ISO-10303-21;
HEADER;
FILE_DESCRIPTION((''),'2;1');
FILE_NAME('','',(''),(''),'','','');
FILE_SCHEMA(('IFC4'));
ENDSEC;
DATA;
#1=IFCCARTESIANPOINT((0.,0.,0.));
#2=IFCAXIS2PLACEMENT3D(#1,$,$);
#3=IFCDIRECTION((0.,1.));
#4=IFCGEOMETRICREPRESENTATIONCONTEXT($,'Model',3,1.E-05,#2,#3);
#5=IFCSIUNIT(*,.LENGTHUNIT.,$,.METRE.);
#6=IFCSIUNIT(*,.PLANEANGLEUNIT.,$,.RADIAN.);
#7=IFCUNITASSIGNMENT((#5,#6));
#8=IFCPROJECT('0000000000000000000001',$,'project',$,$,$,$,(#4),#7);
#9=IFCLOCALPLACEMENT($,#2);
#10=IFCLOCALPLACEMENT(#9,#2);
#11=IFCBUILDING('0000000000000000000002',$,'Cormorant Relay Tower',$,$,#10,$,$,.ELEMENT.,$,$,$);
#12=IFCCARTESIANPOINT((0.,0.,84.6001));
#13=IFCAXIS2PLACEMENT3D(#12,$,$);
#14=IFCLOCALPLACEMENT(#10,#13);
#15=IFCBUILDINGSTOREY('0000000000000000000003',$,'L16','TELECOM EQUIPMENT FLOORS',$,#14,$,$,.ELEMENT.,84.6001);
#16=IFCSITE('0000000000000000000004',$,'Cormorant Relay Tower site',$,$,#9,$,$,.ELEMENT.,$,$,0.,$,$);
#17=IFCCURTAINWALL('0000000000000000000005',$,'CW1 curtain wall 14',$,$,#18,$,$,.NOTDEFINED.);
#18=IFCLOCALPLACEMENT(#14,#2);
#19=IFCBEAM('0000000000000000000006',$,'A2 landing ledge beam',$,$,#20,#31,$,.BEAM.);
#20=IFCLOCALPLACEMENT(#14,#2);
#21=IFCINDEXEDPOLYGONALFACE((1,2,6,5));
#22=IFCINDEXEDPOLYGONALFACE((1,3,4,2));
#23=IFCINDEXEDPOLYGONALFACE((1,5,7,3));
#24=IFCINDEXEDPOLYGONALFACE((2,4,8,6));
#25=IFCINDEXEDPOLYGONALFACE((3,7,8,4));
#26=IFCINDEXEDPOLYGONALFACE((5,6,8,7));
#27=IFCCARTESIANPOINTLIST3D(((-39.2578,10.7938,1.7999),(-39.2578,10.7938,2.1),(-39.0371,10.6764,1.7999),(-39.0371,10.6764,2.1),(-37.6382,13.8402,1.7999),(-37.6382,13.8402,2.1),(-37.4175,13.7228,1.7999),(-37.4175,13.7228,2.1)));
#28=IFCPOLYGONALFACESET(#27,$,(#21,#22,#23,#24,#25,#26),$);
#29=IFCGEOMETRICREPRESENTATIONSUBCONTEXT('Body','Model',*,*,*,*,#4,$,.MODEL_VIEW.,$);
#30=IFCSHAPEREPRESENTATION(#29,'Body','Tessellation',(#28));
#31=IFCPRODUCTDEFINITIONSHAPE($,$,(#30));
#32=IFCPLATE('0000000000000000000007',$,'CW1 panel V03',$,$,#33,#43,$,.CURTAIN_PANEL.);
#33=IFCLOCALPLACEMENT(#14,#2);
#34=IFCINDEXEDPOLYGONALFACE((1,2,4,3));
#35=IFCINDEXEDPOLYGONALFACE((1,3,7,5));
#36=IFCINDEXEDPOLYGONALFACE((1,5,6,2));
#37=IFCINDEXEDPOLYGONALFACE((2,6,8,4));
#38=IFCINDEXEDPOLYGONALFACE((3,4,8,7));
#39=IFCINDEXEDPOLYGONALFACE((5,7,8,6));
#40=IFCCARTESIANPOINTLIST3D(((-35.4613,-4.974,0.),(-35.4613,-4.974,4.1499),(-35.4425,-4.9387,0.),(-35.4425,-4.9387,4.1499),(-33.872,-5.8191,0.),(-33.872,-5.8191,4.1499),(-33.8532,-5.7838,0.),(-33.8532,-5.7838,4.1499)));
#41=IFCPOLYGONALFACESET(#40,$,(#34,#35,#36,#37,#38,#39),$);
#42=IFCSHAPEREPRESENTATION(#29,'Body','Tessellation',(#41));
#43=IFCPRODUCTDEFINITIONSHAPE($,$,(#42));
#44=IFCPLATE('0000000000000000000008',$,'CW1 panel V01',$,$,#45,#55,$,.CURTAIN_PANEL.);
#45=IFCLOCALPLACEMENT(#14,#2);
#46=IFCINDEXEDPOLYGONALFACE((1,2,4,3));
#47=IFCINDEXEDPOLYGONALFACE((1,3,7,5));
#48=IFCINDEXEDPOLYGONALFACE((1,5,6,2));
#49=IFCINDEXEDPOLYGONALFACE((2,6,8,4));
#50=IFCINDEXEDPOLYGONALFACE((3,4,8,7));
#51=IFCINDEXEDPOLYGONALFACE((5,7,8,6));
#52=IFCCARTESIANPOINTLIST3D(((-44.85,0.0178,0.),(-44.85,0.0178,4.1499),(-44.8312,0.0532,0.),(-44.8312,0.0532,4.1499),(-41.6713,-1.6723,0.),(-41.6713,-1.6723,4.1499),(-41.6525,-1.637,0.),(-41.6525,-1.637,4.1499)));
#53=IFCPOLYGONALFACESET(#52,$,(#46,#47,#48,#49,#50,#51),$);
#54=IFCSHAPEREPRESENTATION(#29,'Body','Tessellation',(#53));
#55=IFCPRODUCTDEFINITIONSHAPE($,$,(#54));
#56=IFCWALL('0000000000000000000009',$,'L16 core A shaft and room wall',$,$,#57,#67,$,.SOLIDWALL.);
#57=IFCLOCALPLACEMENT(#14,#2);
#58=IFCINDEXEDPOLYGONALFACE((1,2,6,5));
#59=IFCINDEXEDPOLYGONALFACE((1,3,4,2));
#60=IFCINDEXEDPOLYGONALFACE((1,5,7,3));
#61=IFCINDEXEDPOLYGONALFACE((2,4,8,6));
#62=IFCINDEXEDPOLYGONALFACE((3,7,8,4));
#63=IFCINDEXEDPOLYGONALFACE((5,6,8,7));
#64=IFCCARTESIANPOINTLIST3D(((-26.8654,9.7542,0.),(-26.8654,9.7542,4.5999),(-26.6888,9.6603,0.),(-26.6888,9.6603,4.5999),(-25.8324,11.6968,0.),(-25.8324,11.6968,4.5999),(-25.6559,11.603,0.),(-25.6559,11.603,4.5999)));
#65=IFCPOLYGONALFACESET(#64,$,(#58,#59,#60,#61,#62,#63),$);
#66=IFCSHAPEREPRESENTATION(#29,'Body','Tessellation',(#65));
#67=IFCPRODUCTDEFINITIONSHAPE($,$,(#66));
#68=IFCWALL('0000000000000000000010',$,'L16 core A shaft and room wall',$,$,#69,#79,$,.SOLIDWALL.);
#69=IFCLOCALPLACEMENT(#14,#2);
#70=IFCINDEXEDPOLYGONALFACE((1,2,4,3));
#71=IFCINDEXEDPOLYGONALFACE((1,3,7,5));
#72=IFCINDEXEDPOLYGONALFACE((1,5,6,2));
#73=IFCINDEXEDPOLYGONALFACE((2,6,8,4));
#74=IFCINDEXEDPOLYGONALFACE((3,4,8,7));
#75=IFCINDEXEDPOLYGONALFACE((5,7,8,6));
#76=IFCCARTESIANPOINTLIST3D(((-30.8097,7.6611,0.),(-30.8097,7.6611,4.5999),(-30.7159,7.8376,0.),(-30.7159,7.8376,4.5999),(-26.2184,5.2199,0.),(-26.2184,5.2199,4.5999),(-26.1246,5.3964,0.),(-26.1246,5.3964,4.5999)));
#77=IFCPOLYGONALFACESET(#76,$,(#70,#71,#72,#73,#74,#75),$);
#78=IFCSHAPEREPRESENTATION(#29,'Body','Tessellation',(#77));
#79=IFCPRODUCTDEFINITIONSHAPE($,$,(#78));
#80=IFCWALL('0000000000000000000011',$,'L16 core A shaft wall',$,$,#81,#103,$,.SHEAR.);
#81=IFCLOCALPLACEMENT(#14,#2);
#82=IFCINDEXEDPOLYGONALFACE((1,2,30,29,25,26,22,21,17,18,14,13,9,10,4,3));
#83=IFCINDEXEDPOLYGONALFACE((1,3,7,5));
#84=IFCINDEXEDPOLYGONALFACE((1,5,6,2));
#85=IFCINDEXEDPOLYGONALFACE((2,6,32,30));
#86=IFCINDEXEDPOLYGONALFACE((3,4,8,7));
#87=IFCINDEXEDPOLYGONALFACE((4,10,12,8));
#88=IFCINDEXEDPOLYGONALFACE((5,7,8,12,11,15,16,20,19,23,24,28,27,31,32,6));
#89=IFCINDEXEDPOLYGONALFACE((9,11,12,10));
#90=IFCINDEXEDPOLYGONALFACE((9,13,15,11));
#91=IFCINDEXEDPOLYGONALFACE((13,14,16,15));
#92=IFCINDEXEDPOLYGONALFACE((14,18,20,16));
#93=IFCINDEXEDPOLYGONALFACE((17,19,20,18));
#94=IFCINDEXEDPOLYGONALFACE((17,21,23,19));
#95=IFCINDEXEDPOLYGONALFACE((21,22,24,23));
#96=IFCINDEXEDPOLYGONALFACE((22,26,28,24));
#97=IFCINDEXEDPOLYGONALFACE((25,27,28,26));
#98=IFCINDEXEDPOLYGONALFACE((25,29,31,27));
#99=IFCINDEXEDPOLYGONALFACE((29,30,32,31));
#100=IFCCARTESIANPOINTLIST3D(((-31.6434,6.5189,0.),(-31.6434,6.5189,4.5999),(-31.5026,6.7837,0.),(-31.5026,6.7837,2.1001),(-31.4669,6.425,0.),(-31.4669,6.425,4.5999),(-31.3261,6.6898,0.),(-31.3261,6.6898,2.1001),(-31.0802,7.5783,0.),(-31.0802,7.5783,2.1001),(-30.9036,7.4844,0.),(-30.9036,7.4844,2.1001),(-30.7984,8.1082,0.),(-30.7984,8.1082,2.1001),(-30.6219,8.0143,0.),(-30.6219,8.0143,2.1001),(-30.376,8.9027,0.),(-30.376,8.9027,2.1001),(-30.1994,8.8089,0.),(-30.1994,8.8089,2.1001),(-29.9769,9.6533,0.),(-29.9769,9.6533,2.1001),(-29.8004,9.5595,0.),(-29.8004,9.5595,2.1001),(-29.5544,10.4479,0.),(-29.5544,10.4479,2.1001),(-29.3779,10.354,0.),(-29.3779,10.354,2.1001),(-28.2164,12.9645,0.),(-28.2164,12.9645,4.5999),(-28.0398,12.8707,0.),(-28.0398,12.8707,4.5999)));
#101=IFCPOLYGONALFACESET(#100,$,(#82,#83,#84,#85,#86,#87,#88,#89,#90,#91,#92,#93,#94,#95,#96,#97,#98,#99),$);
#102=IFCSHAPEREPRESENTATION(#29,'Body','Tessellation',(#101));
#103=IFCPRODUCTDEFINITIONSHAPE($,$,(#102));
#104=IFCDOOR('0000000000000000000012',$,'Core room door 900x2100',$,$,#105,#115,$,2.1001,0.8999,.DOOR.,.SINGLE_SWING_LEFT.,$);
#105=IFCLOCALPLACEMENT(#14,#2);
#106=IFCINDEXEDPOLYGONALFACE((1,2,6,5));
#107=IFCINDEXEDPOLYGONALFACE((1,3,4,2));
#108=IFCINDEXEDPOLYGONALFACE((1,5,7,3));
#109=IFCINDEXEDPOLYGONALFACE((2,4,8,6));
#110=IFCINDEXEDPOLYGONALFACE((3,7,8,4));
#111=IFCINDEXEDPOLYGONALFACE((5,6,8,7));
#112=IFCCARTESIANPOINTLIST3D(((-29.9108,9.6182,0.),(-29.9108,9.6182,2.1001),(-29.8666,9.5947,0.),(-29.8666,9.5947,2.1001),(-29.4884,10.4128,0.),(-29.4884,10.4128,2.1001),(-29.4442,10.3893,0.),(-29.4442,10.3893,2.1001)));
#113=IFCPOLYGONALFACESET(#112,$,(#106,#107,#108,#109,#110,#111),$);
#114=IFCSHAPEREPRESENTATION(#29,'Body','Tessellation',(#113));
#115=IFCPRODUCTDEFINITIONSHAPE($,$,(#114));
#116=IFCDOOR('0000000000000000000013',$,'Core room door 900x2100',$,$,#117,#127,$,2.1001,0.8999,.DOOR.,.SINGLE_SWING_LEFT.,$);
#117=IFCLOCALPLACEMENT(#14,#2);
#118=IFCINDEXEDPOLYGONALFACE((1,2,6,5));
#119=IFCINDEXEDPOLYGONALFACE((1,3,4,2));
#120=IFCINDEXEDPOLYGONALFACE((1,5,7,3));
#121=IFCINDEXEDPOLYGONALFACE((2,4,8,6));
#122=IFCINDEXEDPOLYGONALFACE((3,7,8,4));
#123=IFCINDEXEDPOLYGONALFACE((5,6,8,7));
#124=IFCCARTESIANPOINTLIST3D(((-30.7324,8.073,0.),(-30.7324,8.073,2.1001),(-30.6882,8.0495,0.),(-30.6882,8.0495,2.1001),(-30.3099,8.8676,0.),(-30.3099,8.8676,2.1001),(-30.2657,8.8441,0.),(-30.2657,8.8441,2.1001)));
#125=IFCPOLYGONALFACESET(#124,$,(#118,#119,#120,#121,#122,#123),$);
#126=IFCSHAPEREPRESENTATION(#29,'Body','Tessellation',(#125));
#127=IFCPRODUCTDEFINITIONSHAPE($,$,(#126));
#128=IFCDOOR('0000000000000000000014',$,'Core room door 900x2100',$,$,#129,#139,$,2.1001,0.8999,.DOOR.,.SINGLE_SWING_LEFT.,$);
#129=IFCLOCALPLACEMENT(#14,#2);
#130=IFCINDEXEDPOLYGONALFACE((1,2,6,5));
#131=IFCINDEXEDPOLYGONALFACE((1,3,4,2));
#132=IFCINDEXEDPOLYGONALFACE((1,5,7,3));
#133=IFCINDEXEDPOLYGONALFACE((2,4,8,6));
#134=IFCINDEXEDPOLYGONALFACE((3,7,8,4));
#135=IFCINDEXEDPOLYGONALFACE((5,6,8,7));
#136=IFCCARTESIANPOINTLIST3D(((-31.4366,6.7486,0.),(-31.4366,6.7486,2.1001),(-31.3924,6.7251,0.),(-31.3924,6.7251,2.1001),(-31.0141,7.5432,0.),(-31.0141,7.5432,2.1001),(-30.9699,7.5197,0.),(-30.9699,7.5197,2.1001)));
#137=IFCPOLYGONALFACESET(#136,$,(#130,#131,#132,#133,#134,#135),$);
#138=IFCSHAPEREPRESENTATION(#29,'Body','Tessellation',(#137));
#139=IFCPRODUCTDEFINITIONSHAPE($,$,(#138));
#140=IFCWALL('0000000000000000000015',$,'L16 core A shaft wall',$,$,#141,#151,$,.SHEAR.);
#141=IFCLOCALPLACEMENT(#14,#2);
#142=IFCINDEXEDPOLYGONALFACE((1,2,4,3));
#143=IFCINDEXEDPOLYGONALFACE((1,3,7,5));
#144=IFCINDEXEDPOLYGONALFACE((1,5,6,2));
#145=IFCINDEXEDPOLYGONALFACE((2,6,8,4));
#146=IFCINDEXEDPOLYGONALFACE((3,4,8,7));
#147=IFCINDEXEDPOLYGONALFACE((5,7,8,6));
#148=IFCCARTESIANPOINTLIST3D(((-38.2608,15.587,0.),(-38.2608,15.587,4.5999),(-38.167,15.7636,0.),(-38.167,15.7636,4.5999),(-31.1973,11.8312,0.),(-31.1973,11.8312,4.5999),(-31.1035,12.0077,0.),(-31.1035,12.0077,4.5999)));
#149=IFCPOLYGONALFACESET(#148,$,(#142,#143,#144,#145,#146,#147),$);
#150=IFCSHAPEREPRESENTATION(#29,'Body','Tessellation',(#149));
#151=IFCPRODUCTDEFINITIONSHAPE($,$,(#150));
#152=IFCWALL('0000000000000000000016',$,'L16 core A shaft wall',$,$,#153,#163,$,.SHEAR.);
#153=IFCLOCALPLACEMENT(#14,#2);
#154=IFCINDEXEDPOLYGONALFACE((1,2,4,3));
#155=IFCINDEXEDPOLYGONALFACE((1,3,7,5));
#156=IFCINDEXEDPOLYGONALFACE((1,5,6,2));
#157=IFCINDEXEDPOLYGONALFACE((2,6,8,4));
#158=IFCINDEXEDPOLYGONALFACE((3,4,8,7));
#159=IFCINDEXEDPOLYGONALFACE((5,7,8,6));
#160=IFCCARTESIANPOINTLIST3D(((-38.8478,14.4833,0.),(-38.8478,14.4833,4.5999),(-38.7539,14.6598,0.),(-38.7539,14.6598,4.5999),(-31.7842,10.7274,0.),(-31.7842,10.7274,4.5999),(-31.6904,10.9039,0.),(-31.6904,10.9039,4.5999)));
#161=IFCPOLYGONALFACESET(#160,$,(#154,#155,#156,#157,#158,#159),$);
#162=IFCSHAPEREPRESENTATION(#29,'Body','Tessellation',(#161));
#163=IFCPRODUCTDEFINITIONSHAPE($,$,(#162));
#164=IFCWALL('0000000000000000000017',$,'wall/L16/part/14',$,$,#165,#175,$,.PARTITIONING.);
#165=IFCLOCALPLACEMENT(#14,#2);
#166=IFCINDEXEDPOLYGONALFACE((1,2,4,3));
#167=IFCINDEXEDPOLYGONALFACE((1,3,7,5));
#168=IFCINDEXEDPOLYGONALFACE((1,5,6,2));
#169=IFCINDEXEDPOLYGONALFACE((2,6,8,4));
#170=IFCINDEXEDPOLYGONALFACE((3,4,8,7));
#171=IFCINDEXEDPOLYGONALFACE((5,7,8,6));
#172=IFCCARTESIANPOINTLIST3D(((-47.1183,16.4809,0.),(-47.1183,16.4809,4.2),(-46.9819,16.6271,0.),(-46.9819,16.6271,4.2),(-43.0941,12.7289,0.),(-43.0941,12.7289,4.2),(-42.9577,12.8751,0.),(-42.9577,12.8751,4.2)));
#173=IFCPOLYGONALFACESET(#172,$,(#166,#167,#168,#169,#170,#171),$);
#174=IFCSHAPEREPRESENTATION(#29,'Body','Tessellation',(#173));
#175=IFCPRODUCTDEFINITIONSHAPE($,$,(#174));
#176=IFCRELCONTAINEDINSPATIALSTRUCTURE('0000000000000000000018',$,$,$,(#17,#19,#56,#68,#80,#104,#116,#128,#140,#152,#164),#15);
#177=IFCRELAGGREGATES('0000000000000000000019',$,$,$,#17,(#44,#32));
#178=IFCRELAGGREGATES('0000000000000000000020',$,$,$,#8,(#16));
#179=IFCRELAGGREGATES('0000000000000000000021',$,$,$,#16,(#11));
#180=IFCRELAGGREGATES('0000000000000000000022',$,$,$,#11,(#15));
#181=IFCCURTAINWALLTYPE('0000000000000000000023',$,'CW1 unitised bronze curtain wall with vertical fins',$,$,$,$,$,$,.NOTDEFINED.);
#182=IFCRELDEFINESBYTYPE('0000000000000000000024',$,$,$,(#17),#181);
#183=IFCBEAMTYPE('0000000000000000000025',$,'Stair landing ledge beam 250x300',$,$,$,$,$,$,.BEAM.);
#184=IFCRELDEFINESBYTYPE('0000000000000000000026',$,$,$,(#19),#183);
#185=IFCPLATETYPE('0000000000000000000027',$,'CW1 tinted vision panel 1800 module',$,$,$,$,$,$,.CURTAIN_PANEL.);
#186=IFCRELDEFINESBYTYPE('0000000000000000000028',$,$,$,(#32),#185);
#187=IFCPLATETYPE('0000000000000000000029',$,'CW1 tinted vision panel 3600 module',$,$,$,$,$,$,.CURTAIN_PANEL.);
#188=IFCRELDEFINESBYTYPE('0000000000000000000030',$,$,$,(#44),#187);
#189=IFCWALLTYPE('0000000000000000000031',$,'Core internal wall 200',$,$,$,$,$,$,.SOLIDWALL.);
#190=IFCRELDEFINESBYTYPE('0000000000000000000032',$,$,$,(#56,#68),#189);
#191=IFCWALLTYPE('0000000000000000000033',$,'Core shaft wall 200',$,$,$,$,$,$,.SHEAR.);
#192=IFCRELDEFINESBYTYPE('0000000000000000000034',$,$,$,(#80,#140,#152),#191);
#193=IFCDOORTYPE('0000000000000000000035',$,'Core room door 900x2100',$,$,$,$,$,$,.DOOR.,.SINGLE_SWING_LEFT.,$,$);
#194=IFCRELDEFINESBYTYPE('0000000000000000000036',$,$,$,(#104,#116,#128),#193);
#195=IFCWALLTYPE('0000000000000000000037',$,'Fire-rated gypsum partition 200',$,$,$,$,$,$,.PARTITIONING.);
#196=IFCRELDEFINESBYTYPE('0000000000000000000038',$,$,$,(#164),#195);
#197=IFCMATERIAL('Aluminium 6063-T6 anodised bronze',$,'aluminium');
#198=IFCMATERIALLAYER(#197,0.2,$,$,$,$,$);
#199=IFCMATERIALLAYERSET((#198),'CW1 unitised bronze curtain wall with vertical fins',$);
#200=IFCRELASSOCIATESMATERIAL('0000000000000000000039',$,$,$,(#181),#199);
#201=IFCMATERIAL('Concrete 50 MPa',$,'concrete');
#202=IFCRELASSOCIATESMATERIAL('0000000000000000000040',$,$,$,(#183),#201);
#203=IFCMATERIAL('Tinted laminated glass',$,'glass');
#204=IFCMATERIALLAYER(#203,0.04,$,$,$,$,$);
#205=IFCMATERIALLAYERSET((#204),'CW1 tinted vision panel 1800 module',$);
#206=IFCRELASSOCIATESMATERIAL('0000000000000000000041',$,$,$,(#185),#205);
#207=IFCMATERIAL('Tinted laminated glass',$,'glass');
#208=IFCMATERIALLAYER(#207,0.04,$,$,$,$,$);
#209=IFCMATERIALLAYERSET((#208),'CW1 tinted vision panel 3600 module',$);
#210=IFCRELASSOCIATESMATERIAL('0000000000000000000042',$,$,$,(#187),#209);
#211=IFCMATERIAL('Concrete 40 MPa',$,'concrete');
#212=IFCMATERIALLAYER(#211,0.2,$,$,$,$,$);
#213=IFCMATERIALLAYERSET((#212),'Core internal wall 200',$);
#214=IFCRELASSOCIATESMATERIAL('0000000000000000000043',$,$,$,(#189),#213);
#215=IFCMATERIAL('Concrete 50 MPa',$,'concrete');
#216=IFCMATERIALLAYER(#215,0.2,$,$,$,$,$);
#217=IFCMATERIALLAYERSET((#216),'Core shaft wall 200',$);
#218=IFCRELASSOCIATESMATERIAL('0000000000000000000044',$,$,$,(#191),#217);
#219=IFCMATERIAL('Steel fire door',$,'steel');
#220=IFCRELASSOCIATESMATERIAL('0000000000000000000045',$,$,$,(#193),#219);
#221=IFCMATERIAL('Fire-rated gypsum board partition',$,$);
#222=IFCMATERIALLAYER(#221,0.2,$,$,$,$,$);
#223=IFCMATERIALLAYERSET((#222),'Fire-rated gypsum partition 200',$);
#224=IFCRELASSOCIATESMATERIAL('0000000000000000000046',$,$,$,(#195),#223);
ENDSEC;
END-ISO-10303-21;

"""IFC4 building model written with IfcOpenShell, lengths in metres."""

from ifc_helpers import new_model, si_unit, direction, frame, frame_2d, origin, origin_2d, place, context, subcontext, project, spatial, rectangle, extrude, material, layer, layer_set, material_profile, profile_set, type_object, element, fill, aggregate, save


model = new_model("IFC4")

# Units and contexts
model_context = context("Model", 3, precision=1e-05, world=origin(), true_north=direction((0.0, 1.0)))
body_context = subcontext(model_context, "Body", "Model", "MODEL_VIEW")
ifc_project = project(units=[si_unit("LENGTHUNIT", "METRE"), si_unit("PLANEANGLEUNIT", "RADIAN")], contexts=[model_context])

# Site, building, storey
site_placement = place(None, origin())
site = spatial("IfcSite", under=ifc_project, at=site_placement, Name="Cormorant Relay Tower site", CompositionType="ELEMENT", RefElevation=0.0)
building_placement = place(site_placement, origin())
building = spatial("IfcBuilding", under=site, at=building_placement, Name="Cormorant Relay Tower", CompositionType="ELEMENT")
storey_placement = place(building_placement, frame((0.0, 0.0, 84.6001)))
storey = spatial("IfcBuildingStorey", under=building, at=storey_placement, Name="L16", Description="TELECOM EQUIPMENT FLOORS", CompositionType="ELEMENT", Elevation=84.6001)

# Curtain wall
ifc_material_1 = material(Name="Aluminium 6063-T6 anodised bronze", Category="aluminium")
ifc_layer_1 = layer(ifc_material_1, 0.2)
ifc_layer_set_1 = layer_set([ifc_layer_1], Name="CW1 unitised bronze curtain wall with vertical fins")
curtain_wall_type = type_object("IfcCurtainWallType", Name="CW1 unitised bronze curtain wall with vertical fins", PredefinedType="NOTDEFINED", material=ifc_layer_set_1)
curtain_wall_placement = place(storey_placement, origin())
curtain_wall = element("IfcCurtainWall", 1, at=curtain_wall_placement, inside=storey, type_object=curtain_wall_type, Name="CW1 curtain wall 14", PredefinedType="NOTDEFINED")

# Beam
ifc_material_2 = material(Name="Concrete 50 MPa", Category="concrete")
ifc_material_profile_1 = material_profile(ifc_material_2, rectangle(XDim=0.25, YDim=0.3, at=origin_2d()), Name="RC 250x300")
ifc_profile_set_1 = profile_set([ifc_material_profile_1], Name="Concrete 50 MPa")
beam_type_1 = type_object("IfcBeamType", Name="Stair landing ledge beam 250x300", PredefinedType="BEAM", material=ifc_profile_set_1)
beam_1_placement = place(storey_placement, frame((-37.5278, 13.7815, 1.95), z_axis=(-0.469435, -0.882967, 0.0), x_axis=(0.882967, -0.469435, 0.0)))
element("IfcBeam", 2, at=beam_1_placement, inside=storey, type_object=beam_type_1, Name="A2 landing ledge beam", PredefinedType="BEAM", context=body_context, shape_type="SweptSolid", body=[
    extrude(rectangle(XDim=0.25, YDim=0.3, at=origin_2d()), origin(), (0.0, 0.0, 1.0), 3.4502),
])

# Plates
ifc_material_3 = material(Name="Tinted laminated glass", Category="glass")
ifc_layer_2 = layer(ifc_material_3, 0.04)
ifc_layer_set_2 = layer_set([ifc_layer_2], Name="CW1 tinted vision panel 1800 module")
plate_type_1 = type_object("IfcPlateType", Name="CW1 tinted vision panel 1800 module", PredefinedType="CURTAIN_PANEL", material=ifc_layer_set_2)
plate_1_placement = place(storey_placement, frame((-34.6572, -5.3789, 0.0), z_axis=(0.0, 0.0, 1.0), x_axis=(0.882948, -0.469472, 0.0)))
plate_1 = element("IfcPlate", 3, at=plate_1_placement, type_object=plate_type_1, Name="CW1 panel V03", PredefinedType="CURTAIN_PANEL", context=body_context, shape_type="SweptSolid", body=[
    extrude(rectangle(XDim=1.8, YDim=0.04, at=origin_2d()), origin(), (0.0, 0.0, 1.0), 4.1499),
])
ifc_material_4 = material(Name="Tinted laminated glass", Category="glass")
ifc_layer_3 = layer(ifc_material_4, 0.04)
ifc_layer_set_3 = layer_set([ifc_layer_3], Name="CW1 tinted vision panel 3600 module")
plate_type_2 = type_object("IfcPlateType", Name="CW1 tinted vision panel 3600 module", PredefinedType="CURTAIN_PANEL", material=ifc_layer_set_3)
plate_2_placement = place(storey_placement, frame((-43.2512, -0.8096, 0.0), z_axis=(0.0, 0.0, 1.0), x_axis=(0.882948, -0.469472, 0.0)))
plate_2 = element("IfcPlate", 4, at=plate_2_placement, type_object=plate_type_2, Name="CW1 panel V01", PredefinedType="CURTAIN_PANEL", context=body_context, shape_type="SweptSolid", body=[
    extrude(rectangle(XDim=3.6001, YDim=0.04, at=origin_2d()), origin(), (0.0, 0.0, 1.0), 4.1499),
])

# Walls
ifc_material_5 = material(Name="Concrete 40 MPa", Category="concrete")
ifc_layer_4 = layer(ifc_material_5, 0.2)
ifc_layer_set_4 = layer_set([ifc_layer_4], Name="Core internal wall 200")
wall_type_1 = type_object("IfcWallType", Name="Core internal wall 200", PredefinedType="SOLIDWALL", material=ifc_layer_set_4)
wall_1_placement = place(storey_placement, frame((-25.7441, 11.6499, 0.0), z_axis=(0.0, 0.0, 1.0), x_axis=(-0.469488, -0.882939, 0.0)))
element("IfcWall", 5, at=wall_1_placement, inside=storey, type_object=wall_type_1, Name="L16 core A shaft and room wall", PredefinedType="SOLIDWALL", context=body_context, shape_type="SweptSolid", body=[
    extrude(rectangle(XDim=2.2002, YDim=0.2, at=frame_2d((1.1001, 0.0))), origin(), (0.0, 0.0, 1.0), 4.5999),
])
wall_2_placement = place(storey_placement, frame((-26.1714, 5.3081, 0.0), z_axis=(0.0, 0.0, 1.0), x_axis=(-0.882954, 0.46946, 0.0)))
element("IfcWall", 6, at=wall_2_placement, inside=storey, type_object=wall_type_1, Name="L16 core A shaft and room wall", PredefinedType="SOLIDWALL", context=body_context, shape_type="SweptSolid", body=[
    extrude(rectangle(XDim=5.2, YDim=0.2, at=frame_2d((2.6001, 0.0))), origin(), (0.0, 0.0, 1.0), 4.5999),
])

# Wall, openings, doors
ifc_material_6 = material(Name="Concrete 50 MPa", Category="concrete")
ifc_layer_5 = layer(ifc_material_6, 0.2)
ifc_layer_set_5 = layer_set([ifc_layer_5], Name="Core shaft wall 200")
wall_type_2 = type_object("IfcWallType", Name="Core shaft wall 200", PredefinedType="SHEAR", material=ifc_layer_set_5)
wall_3_placement = place(storey_placement, frame((-28.1282, 12.9175, 0.0), z_axis=(0.0, 0.0, 1.0), x_axis=(-0.469454, -0.882957, 0.0)))
wall_3 = element("IfcWall", 7, at=wall_3_placement, inside=storey, type_object=wall_type_2, Name="L16 core A shaft wall", PredefinedType="SHEAR", context=body_context, shape_type="SweptSolid", body=[
    extrude(rectangle(XDim=7.3, YDim=0.2, at=frame_2d((3.6499, 0.0))), origin(), (0.0, 0.0, 1.0), 4.5999),
])
opening_1_placement = place(wall_3_placement, frame((2.8501, 0.0, 0.0)))
opening_1 = element("IfcOpeningElement", 8, at=opening_1_placement, cuts=wall_3, PredefinedType="OPENING", context=body_context, shape_type="SweptSolid", body=[
    extrude(rectangle(XDim=0.8999, YDim=2.1001, at=frame_2d((0.45, 1.05))), frame((0.0, 0.1099, 0.0), z_axis=(0.0, -1.0, 0.0), x_axis=(1.0, 0.0, 0.0)), (0.0, 0.0, 1.0), 0.22),
])
opening_2_placement = place(wall_3_placement, frame((4.6001, 0.0, 0.0)))
opening_2 = element("IfcOpeningElement", 9, at=opening_2_placement, cuts=wall_3, PredefinedType="OPENING", context=body_context, shape_type="SweptSolid", body=[
    extrude(rectangle(XDim=0.8999, YDim=2.1001, at=frame_2d((0.45, 1.05))), frame((0.0, 0.1099, 0.0), z_axis=(0.0, -1.0, 0.0), x_axis=(1.0, 0.0, 0.0)), (0.0, 0.0, 1.0), 0.22),
])
opening_3_placement = place(wall_3_placement, frame((6.1001, 0.0, 0.0)))
opening_3 = element("IfcOpeningElement", 10, at=opening_3_placement, cuts=wall_3, PredefinedType="OPENING", context=body_context, shape_type="SweptSolid", body=[
    extrude(rectangle(XDim=0.8999, YDim=2.1001, at=frame_2d((0.45, 1.05))), frame((0.0, 0.1099, 0.0), z_axis=(0.0, -1.0, 0.0), x_axis=(1.0, 0.0, 0.0)), (0.0, 0.0, 1.0), 0.22),
])
ifc_material_7 = material(Name="Steel fire door", Category="steel")
door_type = type_object("IfcDoorType", Name="Core room door 900x2100", OperationType="SINGLE_SWING_LEFT", PredefinedType="DOOR", material=ifc_material_7)
door_1_placement = place(opening_1_placement, origin())
door_1 = element("IfcDoor", 11, at=door_1_placement, inside=storey, type_object=door_type, Name="Core room door 900x2100", OperationType="SINGLE_SWING_LEFT", OverallHeight=2.1001, OverallWidth=0.8999, PredefinedType="DOOR", context=body_context, shape_type="SweptSolid", body=[
    extrude(rectangle(XDim=0.8999, YDim=2.1001, at=frame_2d((0.45, 1.05))), frame((0.0, 0.0249, 0.0), z_axis=(0.0, -1.0, 0.0), x_axis=(1.0, 0.0, 0.0)), (0.0, 0.0, 1.0), 0.05),
])
fill(opening_1, door_1)
door_2_placement = place(opening_2_placement, origin())
door_2 = element("IfcDoor", 12, at=door_2_placement, inside=storey, type_object=door_type, Name="Core room door 900x2100", OperationType="SINGLE_SWING_LEFT", OverallHeight=2.1001, OverallWidth=0.8999, PredefinedType="DOOR", context=body_context, shape_type="SweptSolid", body=[
    extrude(rectangle(XDim=0.8999, YDim=2.1001, at=frame_2d((0.45, 1.05))), frame((0.0, 0.0249, 0.0), z_axis=(0.0, -1.0, 0.0), x_axis=(1.0, 0.0, 0.0)), (0.0, 0.0, 1.0), 0.05),
])
fill(opening_2, door_2)
door_3_placement = place(opening_3_placement, origin())
door_3 = element("IfcDoor", 13, at=door_3_placement, inside=storey, type_object=door_type, Name="Core room door 900x2100", OperationType="SINGLE_SWING_LEFT", OverallHeight=2.1001, OverallWidth=0.8999, PredefinedType="DOOR", context=body_context, shape_type="SweptSolid", body=[
    extrude(rectangle(XDim=0.8999, YDim=2.1001, at=frame_2d((0.45, 1.05))), frame((0.0, 0.0249, 0.0), z_axis=(0.0, -1.0, 0.0), x_axis=(1.0, 0.0, 0.0)), (0.0, 0.0, 1.0), 0.05),
])
fill(opening_3, door_3)

# Walls
for number, where, z_axis, x_axis, name in (
    (14, (-31.1504, 11.9194, 0.0), (0.0, 0.0, 1.0), (-0.88294, 0.469485, 0.0), "L16 core A shaft wall"),
    (15, (-31.7373, 10.8157, 0.0), (0.0, 0.0, 1.0), (-0.88294, 0.469485, 0.0), "L16 core A shaft wall"),
):
    element("IfcWall", number, at=place(storey_placement, frame(where, z_axis=z_axis, x_axis=x_axis)), inside=storey, type_object=wall_type_2, Name=name, PredefinedType="SHEAR", context=body_context, shape_type="SweptSolid", body=[
        extrude(rectangle(XDim=8.0, YDim=0.2, at=frame_2d((4.0, 0.0))), origin(), (0.0, 0.0, 1.0), 4.5999),
    ])
ifc_material_8 = material(Name="Fire-rated gypsum board partition")
ifc_layer_6 = layer(ifc_material_8, 0.2)
ifc_layer_set_6 = layer_set([ifc_layer_6], Name="Fire-rated gypsum partition 200")
wall_type_3 = type_object("IfcWallType", Name="Fire-rated gypsum partition 200", PredefinedType="PARTITIONING", material=ifc_layer_set_6)
wall_4_placement = place(storey_placement, frame((-43.0259, 12.802, 0.0), z_axis=(0.0, 0.0, 1.0), x_axis=(-0.731412, 0.681936, 0.0)))
element("IfcWall", 16, at=wall_4_placement, inside=storey, type_object=wall_type_3, Name="wall/L16/part/14", PredefinedType="PARTITIONING", context=body_context, shape_type="SweptSolid", body=[
    extrude(rectangle(XDim=5.502, YDim=0.2, at=frame_2d((2.751, 0.0))), origin(), (0.0, 0.0, 1.0), 4.2),
])

aggregate(curtain_wall, [plate_2, plate_1])

save(model, "model.ifc")
